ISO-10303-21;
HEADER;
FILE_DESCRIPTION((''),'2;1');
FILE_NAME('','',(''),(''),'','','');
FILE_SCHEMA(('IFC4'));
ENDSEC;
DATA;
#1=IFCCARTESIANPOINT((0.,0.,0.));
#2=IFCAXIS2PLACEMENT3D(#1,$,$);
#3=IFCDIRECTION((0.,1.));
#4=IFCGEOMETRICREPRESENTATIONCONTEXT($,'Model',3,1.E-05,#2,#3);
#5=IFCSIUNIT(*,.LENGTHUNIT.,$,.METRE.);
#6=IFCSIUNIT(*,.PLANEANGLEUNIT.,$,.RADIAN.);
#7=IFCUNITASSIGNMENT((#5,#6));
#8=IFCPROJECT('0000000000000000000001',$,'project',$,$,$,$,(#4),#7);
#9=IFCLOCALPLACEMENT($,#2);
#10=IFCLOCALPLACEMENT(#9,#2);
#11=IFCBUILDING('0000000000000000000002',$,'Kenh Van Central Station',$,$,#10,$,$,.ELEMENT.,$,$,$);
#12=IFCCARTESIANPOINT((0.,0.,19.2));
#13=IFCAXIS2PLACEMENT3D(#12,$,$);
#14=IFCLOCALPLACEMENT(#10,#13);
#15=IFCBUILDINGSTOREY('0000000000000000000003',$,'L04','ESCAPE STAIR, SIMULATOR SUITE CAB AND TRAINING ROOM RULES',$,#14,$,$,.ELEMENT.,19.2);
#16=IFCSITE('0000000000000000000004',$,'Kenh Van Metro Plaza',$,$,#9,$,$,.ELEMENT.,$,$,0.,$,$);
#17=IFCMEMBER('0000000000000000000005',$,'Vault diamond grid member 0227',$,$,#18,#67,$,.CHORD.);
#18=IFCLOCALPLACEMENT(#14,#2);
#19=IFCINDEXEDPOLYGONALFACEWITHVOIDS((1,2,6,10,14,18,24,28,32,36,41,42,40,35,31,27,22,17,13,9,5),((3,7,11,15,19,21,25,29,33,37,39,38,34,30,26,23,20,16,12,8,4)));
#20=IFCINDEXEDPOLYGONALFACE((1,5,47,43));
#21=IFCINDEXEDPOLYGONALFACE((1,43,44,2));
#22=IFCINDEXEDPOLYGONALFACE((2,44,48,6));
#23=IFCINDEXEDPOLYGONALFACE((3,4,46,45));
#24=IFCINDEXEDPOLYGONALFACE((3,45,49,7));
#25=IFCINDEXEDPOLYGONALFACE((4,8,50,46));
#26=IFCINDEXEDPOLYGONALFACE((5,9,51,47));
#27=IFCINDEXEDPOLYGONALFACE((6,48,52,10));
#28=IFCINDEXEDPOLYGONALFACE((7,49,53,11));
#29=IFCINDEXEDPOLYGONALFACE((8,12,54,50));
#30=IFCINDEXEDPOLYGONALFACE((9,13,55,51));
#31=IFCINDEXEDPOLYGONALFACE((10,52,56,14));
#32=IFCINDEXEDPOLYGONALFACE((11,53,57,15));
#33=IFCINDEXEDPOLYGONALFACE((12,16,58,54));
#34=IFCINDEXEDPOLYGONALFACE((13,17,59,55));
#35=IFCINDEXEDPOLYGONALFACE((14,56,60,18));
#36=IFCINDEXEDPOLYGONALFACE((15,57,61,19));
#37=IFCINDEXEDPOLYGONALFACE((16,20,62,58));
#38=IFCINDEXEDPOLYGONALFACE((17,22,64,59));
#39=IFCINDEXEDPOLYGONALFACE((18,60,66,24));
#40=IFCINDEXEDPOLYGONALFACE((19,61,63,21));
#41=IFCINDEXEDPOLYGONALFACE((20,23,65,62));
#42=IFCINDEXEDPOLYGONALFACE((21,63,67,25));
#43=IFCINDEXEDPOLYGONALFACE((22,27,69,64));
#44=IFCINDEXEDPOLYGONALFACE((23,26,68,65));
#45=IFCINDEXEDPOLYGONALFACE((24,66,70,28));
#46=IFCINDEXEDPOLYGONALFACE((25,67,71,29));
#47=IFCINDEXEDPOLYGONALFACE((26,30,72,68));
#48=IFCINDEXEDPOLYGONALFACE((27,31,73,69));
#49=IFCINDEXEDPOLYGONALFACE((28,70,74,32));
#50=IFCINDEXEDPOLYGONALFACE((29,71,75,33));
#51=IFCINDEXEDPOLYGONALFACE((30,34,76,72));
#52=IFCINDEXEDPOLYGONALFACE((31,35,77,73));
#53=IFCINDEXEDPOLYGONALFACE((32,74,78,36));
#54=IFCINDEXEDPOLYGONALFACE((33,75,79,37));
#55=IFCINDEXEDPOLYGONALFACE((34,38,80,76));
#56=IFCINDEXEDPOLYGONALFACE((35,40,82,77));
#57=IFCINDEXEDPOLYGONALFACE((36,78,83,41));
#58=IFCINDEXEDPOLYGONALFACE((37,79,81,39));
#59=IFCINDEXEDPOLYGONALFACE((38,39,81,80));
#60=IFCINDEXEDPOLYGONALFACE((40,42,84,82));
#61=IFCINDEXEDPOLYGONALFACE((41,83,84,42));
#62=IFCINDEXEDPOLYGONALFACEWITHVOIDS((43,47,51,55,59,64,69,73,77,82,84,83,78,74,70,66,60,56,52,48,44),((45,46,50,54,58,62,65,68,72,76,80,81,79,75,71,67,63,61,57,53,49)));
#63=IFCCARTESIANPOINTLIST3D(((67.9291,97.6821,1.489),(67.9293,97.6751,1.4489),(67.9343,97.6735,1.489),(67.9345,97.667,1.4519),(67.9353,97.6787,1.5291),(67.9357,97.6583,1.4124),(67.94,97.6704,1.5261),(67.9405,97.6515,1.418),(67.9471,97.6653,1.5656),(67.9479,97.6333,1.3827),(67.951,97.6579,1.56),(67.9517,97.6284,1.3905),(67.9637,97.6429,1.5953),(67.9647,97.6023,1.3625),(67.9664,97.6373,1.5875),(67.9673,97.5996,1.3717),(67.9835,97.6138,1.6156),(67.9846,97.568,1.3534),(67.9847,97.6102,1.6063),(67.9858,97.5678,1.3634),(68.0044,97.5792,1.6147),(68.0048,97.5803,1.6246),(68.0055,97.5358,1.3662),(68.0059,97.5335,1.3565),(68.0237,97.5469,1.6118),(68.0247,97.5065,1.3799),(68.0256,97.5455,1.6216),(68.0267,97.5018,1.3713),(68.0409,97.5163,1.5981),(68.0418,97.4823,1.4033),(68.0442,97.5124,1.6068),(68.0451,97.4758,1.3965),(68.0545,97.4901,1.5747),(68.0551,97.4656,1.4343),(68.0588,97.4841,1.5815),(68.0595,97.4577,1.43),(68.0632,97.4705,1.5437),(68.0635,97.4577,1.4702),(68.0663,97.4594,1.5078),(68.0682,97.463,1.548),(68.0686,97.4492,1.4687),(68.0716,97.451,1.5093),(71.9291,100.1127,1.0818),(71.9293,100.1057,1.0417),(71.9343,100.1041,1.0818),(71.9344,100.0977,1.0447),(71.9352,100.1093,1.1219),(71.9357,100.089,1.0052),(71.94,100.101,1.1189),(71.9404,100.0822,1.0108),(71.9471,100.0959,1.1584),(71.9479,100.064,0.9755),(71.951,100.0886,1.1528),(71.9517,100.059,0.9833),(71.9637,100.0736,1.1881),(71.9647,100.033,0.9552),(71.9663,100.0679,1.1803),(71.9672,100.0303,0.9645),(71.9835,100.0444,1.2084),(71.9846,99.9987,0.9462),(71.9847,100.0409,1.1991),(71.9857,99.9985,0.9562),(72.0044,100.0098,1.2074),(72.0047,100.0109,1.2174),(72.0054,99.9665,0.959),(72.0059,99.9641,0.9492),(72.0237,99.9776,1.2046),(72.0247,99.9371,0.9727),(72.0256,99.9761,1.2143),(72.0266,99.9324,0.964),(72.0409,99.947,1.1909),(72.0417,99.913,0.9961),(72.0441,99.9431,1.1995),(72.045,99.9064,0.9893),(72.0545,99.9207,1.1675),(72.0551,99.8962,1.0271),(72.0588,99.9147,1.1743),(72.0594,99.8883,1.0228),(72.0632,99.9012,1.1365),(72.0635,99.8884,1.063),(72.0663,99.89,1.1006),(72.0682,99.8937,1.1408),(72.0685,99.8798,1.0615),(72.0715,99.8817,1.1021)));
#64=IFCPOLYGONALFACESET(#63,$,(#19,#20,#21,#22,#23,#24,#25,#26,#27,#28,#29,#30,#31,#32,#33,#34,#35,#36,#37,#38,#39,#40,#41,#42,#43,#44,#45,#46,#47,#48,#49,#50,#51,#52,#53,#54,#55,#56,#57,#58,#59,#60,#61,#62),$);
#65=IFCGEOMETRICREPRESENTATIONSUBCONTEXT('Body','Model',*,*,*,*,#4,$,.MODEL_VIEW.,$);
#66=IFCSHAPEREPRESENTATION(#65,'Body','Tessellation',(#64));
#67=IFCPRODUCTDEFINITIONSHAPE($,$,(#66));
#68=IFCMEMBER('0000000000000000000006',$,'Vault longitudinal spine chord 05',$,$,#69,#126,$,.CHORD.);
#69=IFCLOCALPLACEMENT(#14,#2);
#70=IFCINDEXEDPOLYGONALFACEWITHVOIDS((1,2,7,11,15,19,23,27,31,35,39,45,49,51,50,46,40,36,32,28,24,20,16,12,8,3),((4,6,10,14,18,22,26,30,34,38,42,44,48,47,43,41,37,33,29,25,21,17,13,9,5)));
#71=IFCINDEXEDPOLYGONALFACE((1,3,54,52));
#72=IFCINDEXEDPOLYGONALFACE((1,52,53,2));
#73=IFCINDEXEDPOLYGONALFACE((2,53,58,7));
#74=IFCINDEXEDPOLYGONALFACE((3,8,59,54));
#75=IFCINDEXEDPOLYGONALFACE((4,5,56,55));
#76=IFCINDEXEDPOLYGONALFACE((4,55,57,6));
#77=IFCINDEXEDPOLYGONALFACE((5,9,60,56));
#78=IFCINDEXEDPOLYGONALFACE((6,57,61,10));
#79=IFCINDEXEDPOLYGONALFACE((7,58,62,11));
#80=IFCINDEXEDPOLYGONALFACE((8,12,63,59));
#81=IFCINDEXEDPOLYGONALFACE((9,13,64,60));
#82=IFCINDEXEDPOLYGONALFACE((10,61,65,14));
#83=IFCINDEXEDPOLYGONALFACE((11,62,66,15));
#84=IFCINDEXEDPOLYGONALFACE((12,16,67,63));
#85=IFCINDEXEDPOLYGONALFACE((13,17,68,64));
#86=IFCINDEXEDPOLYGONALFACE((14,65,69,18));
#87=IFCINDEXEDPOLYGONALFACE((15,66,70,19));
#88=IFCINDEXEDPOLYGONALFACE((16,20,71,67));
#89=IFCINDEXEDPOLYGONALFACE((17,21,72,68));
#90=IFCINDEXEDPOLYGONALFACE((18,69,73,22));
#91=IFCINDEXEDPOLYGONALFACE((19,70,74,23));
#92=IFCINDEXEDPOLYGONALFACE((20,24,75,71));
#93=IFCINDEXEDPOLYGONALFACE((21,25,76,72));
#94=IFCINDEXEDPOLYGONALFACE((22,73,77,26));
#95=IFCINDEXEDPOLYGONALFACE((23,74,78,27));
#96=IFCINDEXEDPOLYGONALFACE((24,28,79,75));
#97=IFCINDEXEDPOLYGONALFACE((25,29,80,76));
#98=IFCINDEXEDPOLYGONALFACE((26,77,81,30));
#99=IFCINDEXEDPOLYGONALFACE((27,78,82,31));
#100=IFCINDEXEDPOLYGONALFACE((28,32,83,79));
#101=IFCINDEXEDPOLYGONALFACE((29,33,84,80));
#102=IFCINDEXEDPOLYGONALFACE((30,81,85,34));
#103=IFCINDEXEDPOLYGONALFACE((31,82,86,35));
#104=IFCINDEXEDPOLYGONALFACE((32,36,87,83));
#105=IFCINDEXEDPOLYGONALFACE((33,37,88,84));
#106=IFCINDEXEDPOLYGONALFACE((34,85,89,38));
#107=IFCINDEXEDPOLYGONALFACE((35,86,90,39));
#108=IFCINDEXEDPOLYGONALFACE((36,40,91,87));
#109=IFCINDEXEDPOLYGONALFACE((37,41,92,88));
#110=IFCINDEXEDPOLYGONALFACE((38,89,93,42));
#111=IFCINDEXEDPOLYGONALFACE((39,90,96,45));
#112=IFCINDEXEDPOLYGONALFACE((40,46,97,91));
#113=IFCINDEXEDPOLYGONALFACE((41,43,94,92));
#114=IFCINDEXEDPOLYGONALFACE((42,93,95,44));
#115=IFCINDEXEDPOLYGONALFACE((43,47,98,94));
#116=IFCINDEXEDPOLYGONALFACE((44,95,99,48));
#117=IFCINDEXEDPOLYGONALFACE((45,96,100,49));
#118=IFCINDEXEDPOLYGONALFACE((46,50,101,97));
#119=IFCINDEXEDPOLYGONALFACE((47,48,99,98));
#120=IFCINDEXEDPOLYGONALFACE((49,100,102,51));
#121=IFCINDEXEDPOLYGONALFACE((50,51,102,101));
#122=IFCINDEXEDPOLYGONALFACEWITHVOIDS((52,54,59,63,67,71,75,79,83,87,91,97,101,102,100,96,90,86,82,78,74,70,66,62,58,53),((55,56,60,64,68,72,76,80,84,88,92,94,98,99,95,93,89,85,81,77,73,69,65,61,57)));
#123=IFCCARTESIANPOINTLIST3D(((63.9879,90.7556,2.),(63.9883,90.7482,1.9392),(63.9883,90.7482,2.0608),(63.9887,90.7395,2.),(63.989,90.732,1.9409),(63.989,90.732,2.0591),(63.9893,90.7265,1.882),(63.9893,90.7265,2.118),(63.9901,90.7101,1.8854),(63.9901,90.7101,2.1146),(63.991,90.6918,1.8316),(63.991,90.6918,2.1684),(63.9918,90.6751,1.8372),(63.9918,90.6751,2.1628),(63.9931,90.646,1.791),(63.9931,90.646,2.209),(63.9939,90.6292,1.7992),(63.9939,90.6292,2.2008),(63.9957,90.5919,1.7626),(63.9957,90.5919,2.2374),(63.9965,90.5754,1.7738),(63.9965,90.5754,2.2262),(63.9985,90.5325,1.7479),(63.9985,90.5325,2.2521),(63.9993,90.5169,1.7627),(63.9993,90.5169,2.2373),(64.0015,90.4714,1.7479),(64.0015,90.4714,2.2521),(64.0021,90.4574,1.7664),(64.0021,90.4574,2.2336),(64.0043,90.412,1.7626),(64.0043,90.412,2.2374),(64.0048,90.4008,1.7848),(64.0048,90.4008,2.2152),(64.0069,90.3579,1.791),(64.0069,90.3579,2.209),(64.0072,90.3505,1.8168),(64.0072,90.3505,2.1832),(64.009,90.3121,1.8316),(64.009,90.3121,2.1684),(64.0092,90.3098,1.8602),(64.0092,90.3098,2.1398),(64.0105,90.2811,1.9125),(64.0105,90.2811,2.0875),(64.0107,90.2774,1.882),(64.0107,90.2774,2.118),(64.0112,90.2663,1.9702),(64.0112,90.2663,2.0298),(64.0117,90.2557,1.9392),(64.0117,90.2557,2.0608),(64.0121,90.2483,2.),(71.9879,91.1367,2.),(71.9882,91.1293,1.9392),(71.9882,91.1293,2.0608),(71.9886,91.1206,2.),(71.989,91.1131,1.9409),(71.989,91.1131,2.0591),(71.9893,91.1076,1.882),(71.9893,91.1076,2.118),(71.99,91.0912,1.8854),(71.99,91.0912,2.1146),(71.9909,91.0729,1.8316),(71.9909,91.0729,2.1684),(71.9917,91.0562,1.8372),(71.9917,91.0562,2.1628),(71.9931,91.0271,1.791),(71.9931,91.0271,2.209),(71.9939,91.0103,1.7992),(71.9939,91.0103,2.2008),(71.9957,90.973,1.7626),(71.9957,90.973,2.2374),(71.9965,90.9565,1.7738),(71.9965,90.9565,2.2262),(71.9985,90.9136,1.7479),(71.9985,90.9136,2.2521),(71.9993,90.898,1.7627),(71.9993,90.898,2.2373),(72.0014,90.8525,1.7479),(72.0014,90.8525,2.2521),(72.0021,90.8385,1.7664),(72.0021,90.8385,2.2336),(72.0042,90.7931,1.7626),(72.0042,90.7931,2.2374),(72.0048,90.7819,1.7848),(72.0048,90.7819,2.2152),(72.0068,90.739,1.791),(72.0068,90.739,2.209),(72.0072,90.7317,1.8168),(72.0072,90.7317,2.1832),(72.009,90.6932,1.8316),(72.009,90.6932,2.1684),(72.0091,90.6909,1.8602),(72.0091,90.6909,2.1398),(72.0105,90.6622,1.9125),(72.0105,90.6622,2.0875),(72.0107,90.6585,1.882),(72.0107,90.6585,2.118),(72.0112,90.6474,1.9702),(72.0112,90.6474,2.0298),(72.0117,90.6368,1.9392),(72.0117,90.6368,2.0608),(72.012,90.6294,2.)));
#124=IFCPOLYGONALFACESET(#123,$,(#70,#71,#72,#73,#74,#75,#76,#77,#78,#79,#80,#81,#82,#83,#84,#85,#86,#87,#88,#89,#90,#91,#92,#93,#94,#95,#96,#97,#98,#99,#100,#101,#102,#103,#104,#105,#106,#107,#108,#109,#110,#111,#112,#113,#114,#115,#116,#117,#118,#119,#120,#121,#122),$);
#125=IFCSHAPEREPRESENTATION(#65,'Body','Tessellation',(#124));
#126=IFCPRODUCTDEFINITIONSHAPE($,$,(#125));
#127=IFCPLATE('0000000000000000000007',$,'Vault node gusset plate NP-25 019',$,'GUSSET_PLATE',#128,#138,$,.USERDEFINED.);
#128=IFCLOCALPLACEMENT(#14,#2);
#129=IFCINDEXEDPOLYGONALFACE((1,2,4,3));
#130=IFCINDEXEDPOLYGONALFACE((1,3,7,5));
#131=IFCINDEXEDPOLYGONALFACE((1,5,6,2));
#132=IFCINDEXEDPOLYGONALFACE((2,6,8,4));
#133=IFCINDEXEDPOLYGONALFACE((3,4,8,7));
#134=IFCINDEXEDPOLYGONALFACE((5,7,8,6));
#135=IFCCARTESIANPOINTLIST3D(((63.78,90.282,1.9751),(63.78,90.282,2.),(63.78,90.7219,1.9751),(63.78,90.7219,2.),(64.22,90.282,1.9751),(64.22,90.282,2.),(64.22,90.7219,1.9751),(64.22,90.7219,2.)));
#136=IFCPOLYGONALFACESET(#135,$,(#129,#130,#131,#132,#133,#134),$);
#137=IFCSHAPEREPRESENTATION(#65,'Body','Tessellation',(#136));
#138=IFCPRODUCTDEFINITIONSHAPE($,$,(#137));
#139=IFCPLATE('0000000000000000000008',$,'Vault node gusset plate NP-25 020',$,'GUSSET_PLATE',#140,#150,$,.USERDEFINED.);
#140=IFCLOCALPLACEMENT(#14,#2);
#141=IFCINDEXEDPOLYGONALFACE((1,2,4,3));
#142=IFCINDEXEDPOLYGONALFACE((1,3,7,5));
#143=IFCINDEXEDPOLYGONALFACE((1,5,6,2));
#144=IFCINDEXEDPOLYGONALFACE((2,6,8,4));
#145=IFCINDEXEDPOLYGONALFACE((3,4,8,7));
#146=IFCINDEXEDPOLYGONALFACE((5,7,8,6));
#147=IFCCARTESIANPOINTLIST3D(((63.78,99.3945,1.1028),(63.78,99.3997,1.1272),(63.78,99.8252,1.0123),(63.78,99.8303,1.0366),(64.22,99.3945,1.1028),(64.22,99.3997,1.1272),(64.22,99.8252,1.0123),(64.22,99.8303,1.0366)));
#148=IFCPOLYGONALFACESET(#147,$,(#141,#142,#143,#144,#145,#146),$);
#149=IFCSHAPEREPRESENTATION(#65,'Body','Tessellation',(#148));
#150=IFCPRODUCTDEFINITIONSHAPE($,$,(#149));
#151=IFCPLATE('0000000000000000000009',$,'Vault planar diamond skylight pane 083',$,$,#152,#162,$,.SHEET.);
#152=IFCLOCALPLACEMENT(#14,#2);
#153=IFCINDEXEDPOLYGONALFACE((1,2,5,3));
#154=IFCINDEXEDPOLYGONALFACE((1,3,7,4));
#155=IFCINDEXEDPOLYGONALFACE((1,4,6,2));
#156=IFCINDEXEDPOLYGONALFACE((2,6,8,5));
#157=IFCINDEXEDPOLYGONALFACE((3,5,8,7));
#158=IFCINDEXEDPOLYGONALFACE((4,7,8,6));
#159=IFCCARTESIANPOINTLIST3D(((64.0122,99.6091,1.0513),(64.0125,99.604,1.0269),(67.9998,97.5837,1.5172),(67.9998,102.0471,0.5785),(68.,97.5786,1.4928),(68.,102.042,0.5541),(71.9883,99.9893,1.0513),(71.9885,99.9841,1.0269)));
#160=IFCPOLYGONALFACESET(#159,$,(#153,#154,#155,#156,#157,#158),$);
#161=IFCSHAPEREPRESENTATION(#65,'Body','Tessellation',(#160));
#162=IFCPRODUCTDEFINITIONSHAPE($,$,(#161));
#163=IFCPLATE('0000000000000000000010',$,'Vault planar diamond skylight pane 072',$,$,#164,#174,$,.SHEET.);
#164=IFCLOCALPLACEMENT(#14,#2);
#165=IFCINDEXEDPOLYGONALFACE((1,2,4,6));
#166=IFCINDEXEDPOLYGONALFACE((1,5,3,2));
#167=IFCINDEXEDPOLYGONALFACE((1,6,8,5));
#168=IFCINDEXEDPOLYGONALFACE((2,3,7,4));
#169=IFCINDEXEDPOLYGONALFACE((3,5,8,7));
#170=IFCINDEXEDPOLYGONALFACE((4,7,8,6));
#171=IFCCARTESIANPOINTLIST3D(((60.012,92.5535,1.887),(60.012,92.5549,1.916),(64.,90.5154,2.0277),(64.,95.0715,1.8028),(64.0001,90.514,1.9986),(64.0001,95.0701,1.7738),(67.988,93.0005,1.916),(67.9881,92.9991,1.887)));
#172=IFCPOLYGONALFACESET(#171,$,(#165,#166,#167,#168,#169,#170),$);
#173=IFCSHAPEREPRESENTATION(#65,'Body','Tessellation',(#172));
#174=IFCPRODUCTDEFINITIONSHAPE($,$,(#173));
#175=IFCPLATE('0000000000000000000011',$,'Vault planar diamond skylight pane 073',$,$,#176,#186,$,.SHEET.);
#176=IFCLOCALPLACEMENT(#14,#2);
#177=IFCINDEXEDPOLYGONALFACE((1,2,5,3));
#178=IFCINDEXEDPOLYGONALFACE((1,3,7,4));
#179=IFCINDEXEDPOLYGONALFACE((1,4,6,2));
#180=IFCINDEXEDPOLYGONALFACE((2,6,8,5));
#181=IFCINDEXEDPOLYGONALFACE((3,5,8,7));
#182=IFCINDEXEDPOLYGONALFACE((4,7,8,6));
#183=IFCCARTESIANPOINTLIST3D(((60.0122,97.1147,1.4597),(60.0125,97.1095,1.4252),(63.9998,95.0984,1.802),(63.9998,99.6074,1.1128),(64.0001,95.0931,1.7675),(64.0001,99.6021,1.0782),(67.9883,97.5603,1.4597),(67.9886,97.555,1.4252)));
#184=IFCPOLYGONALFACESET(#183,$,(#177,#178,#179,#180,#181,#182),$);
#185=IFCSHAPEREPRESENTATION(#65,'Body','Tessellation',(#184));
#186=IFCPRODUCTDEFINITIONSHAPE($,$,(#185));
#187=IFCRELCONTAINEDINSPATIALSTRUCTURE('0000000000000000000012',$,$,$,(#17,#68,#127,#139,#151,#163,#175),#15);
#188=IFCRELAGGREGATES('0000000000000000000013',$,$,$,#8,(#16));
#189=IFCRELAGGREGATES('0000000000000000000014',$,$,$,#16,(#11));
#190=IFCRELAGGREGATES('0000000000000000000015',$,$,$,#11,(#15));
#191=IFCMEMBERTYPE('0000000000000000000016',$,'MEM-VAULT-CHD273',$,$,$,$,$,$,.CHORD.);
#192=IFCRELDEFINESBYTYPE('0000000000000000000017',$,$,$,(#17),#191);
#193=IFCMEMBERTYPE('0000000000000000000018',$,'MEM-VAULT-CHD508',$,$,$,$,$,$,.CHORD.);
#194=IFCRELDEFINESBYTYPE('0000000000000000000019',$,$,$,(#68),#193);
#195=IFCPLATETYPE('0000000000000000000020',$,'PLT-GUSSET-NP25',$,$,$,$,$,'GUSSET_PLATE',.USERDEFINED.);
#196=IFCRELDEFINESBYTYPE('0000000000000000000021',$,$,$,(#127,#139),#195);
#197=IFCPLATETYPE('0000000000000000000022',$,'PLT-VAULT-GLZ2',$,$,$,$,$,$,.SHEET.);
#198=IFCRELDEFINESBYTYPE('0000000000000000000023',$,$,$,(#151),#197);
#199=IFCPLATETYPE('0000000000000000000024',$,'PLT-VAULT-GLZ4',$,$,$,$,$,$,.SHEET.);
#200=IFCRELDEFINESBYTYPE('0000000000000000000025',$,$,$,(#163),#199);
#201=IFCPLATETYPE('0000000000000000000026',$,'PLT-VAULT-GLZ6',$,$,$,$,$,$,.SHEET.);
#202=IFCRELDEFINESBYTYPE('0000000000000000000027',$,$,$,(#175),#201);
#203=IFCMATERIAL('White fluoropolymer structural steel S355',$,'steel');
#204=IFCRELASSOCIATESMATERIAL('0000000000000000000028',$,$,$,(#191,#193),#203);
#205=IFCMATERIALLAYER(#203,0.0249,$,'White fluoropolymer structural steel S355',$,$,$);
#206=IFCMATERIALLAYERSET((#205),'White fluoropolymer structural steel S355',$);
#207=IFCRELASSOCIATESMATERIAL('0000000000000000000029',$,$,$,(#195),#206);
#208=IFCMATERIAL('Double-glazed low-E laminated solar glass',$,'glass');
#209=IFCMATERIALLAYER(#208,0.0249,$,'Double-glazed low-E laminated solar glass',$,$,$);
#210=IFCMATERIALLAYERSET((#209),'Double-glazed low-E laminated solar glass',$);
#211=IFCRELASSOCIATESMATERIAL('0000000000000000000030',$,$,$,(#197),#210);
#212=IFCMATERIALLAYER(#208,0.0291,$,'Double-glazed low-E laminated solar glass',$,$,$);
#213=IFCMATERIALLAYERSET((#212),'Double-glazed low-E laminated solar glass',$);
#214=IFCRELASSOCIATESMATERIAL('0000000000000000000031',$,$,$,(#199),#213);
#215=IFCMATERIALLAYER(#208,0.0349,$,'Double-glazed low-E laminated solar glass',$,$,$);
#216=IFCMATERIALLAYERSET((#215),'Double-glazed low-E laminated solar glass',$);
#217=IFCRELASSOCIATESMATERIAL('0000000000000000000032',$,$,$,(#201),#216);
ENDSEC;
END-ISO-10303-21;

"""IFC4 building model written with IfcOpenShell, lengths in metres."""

from ifc_helpers import new_model, si_unit, direction, frame, origin, origin_2d, place, context, subcontext, project, spatial, polyline, hollow_circle, outline, extrude, material, layer, layer_set, material_profile, profile_set, type_object, element, save


model = new_model("IFC4")

# Units and contexts
model_context = context("Model", 3, precision=1e-05, world=origin(), true_north=direction((0.0, 1.0)))
body_context = subcontext(model_context, "Body", "Model", "MODEL_VIEW")
ifc_project = project(units=[si_unit("LENGTHUNIT", "METRE"), si_unit("PLANEANGLEUNIT", "RADIAN")], contexts=[model_context])

# Site, building, storey
site_placement = place(None, origin())
site = spatial("IfcSite", under=ifc_project, at=site_placement, Name="Kenh Van Metro Plaza", CompositionType="ELEMENT", RefElevation=0.0)
building_placement = place(site_placement, origin())
building = spatial("IfcBuilding", under=site, at=building_placement, Name="Kenh Van Central Station", CompositionType="ELEMENT")
storey_placement = place(building_placement, frame((0.0, 0.0, 19.2)))
storey = spatial("IfcBuildingStorey", under=building, at=storey_placement, Name="L04", Description="ESCAPE STAIR, SIMULATOR SUITE CAB AND TRAINING ROOM RULES", CompositionType="ELEMENT", Elevation=19.2)

# Shared definitions
ifc_material_1 = material(Name="White fluoropolymer structural steel S355", Category="steel")

# Members
ifc_material_profile_1 = material_profile(ifc_material_1, hollow_circle(Radius=0.1365, WallThickness=0.01, at=origin_2d()), Name="CHS 273x10")
ifc_profile_set_1 = profile_set([ifc_material_profile_1], Name="White fluoropolymer structural steel S355")
member_type_1 = type_object("IfcMemberType", Name="MEM-VAULT-CHD273", PredefinedType="CHORD", material=ifc_profile_set_1)
member_1_placement = place(storey_placement, frame((68.0, 97.5654, 1.489), z_axis=(0.851373, 0.51735, -0.086675), x_axis=(-0.519305, 0.854589, 0.0)))
element("IfcMember", 1, at=member_1_placement, inside=storey, type_object=member_type_1, Name="Vault diamond grid member 0227", PredefinedType="CHORD", context=body_context, shape_type="SweptSolid", body=[
    extrude(hollow_circle(Radius=0.1365, WallThickness=0.01, at=origin_2d()), origin(), (0.0, 0.0, 1.0), 4.6982),
])
ifc_material_profile_2 = material_profile(ifc_material_1, hollow_circle(Radius=0.2539, WallThickness=0.0161, at=origin_2d()), Name="CHS 508x16")
ifc_profile_set_2 = profile_set([ifc_material_profile_2], Name="White fluoropolymer structural steel S355")
member_type_2 = type_object("IfcMemberType", Name="MEM-VAULT-CHD508", PredefinedType="CHORD", material=ifc_profile_set_2)
member_2_placement = place(storey_placement, frame((64.0, 90.502, 2.0), z_axis=(0.998867, 0.047584, 0.0), x_axis=(-0.047584, 0.998867, 0.0)))
element("IfcMember", 2, at=member_2_placement, inside=storey, type_object=member_type_2, Name="Vault longitudinal spine chord 05", PredefinedType="CHORD", context=body_context, shape_type="SweptSolid", body=[
    extrude(hollow_circle(Radius=0.2539, WallThickness=0.0161, at=origin_2d()), origin(), (0.0, 0.0, 1.0), 8.009),
])

# Plates
ifc_layer_1 = layer(ifc_material_1, 0.0249, Name="White fluoropolymer structural steel S355")
ifc_layer_set_1 = layer_set([ifc_layer_1], Name="White fluoropolymer structural steel S355")
plate_type_1 = type_object("IfcPlateType", Name="PLT-GUSSET-NP25", ElementType="GUSSET_PLATE", PredefinedType="USERDEFINED", material=ifc_layer_set_1)
plate_1_placement = place(storey_placement, frame((63.78, 90.282, 2.0), z_axis=(0.0, 0.0, 1.0), x_axis=(1.0, 0.0, 0.0)))
element("IfcPlate", 3, at=plate_1_placement, inside=storey, type_object=plate_type_1, Name="Vault node gusset plate NP-25 019", ObjectType="GUSSET_PLATE", PredefinedType="USERDEFINED", context=body_context, shape_type="SweptSolid", body=[
    extrude(outline(polyline([(0.0, 0.0), (0.4399, 0.0), (0.4399, 0.4399), (0.0, 0.4399), (0.0, 0.0)])), origin(), (0.0, 0.0, -1.0), 0.0249),
])
plate_2_placement = place(storey_placement, frame((63.78, 99.3997, 1.1272), z_axis=(0.0, 0.205815, 0.978591), x_axis=(1.0, 0.0, 0.0)))
element("IfcPlate", 4, at=plate_2_placement, inside=storey, type_object=plate_type_1, Name="Vault node gusset plate NP-25 020", ObjectType="GUSSET_PLATE", PredefinedType="USERDEFINED", context=body_context, shape_type="SweptSolid", body=[
    extrude(outline(polyline([(0.0, 0.0), (0.4399, 0.0), (0.4399, 0.4401), (0.0, 0.4401), (0.0, 0.0)])), origin(), (0.0, 0.0, -1.0), 0.0249),
])
ifc_material_2 = material(Name="Double-glazed low-E laminated solar glass", Category="glass")
ifc_layer_2 = layer(ifc_material_2, 0.0249, Name="Double-glazed low-E laminated solar glass")
ifc_layer_set_2 = layer_set([ifc_layer_2], Name="Double-glazed low-E laminated solar glass")
plate_type_2 = type_object("IfcPlateType", Name="PLT-VAULT-GLZ2", PredefinedType="SHEET", material=ifc_layer_set_2)
plate_3_placement = place(storey_placement, frame((64.0122, 99.6091, 1.0513), z_axis=(-0.009808, 0.205804, 0.978544), x_axis=(0.88678, -0.450426, 0.10362)))
element("IfcPlate", 5, at=plate_3_placement, inside=storey, type_object=plate_type_2, Name="Vault planar diamond skylight pane 083", PredefinedType="SHEET", context=body_context, shape_type="SweptSolid", body=[
    extrude(outline(polyline([(0.0, 0.0), (4.4967, 0.0), (6.9018, 4.0159), (2.389, 4.0448), (0.0, 0.0)])), origin(), (0.0, 0.0, -1.0), 0.0249),
])
ifc_layer_3 = layer(ifc_material_2, 0.0291, Name="Double-glazed low-E laminated solar glass")
ifc_layer_set_3 = layer_set([ifc_layer_3], Name="Double-glazed low-E laminated solar glass")
plate_type_3 = type_object("IfcPlateType", Name="PLT-VAULT-GLZ4", PredefinedType="SHEET", material=ifc_layer_set_3)
plate_4_placement = place(storey_placement, frame((60.012, 92.5549, 1.916), z_axis=(-0.002754, 0.049291, 0.998781), x_axis=(0.890048, -0.455185, 0.024918)))
element("IfcPlate", 6, at=plate_4_placement, inside=storey, type_object=plate_type_3, Name="Vault planar diamond skylight pane 072", PredefinedType="SHEET", context=body_context, shape_type="SweptSolid", body=[
    extrude(outline(polyline([(0.0, 0.0), (4.4807, 0.0), (6.8963, 4.0321), (2.4012, 4.0601), (0.0, 0.0)])), origin(), (0.0, 0.0, -1.0), 0.0291),
])
ifc_layer_4 = layer(ifc_material_2, 0.0349, Name="Double-glazed low-E laminated solar glass")
ifc_layer_set_4 = layer_set([ifc_layer_4], Name="Double-glazed low-E laminated solar glass")
plate_type_4 = type_object("IfcPlateType", Name="PLT-VAULT-GLZ6", PredefinedType="SHEET", material=ifc_layer_set_4)
plate_5_placement = place(storey_placement, frame((60.0122, 97.1147, 1.4597), z_axis=(-0.00844, 0.15109, 0.988484), x_axis=(0.88979, -0.449935, 0.07637)))
element("IfcPlate", 7, at=plate_5_placement, inside=storey, type_object=plate_type_4, Name="Vault planar diamond skylight pane 073", PredefinedType="SHEET", context=body_context, shape_type="SweptSolid", body=[
    extrude(outline(polyline([(0.0, 0.0), (4.4815, 0.0), (6.8966, 4.0316), (2.4, 4.0588), (0.0, 0.0)])), origin(), (0.0, 0.0, -1.0), 0.0349),
])

save(model, "model.ifc")
